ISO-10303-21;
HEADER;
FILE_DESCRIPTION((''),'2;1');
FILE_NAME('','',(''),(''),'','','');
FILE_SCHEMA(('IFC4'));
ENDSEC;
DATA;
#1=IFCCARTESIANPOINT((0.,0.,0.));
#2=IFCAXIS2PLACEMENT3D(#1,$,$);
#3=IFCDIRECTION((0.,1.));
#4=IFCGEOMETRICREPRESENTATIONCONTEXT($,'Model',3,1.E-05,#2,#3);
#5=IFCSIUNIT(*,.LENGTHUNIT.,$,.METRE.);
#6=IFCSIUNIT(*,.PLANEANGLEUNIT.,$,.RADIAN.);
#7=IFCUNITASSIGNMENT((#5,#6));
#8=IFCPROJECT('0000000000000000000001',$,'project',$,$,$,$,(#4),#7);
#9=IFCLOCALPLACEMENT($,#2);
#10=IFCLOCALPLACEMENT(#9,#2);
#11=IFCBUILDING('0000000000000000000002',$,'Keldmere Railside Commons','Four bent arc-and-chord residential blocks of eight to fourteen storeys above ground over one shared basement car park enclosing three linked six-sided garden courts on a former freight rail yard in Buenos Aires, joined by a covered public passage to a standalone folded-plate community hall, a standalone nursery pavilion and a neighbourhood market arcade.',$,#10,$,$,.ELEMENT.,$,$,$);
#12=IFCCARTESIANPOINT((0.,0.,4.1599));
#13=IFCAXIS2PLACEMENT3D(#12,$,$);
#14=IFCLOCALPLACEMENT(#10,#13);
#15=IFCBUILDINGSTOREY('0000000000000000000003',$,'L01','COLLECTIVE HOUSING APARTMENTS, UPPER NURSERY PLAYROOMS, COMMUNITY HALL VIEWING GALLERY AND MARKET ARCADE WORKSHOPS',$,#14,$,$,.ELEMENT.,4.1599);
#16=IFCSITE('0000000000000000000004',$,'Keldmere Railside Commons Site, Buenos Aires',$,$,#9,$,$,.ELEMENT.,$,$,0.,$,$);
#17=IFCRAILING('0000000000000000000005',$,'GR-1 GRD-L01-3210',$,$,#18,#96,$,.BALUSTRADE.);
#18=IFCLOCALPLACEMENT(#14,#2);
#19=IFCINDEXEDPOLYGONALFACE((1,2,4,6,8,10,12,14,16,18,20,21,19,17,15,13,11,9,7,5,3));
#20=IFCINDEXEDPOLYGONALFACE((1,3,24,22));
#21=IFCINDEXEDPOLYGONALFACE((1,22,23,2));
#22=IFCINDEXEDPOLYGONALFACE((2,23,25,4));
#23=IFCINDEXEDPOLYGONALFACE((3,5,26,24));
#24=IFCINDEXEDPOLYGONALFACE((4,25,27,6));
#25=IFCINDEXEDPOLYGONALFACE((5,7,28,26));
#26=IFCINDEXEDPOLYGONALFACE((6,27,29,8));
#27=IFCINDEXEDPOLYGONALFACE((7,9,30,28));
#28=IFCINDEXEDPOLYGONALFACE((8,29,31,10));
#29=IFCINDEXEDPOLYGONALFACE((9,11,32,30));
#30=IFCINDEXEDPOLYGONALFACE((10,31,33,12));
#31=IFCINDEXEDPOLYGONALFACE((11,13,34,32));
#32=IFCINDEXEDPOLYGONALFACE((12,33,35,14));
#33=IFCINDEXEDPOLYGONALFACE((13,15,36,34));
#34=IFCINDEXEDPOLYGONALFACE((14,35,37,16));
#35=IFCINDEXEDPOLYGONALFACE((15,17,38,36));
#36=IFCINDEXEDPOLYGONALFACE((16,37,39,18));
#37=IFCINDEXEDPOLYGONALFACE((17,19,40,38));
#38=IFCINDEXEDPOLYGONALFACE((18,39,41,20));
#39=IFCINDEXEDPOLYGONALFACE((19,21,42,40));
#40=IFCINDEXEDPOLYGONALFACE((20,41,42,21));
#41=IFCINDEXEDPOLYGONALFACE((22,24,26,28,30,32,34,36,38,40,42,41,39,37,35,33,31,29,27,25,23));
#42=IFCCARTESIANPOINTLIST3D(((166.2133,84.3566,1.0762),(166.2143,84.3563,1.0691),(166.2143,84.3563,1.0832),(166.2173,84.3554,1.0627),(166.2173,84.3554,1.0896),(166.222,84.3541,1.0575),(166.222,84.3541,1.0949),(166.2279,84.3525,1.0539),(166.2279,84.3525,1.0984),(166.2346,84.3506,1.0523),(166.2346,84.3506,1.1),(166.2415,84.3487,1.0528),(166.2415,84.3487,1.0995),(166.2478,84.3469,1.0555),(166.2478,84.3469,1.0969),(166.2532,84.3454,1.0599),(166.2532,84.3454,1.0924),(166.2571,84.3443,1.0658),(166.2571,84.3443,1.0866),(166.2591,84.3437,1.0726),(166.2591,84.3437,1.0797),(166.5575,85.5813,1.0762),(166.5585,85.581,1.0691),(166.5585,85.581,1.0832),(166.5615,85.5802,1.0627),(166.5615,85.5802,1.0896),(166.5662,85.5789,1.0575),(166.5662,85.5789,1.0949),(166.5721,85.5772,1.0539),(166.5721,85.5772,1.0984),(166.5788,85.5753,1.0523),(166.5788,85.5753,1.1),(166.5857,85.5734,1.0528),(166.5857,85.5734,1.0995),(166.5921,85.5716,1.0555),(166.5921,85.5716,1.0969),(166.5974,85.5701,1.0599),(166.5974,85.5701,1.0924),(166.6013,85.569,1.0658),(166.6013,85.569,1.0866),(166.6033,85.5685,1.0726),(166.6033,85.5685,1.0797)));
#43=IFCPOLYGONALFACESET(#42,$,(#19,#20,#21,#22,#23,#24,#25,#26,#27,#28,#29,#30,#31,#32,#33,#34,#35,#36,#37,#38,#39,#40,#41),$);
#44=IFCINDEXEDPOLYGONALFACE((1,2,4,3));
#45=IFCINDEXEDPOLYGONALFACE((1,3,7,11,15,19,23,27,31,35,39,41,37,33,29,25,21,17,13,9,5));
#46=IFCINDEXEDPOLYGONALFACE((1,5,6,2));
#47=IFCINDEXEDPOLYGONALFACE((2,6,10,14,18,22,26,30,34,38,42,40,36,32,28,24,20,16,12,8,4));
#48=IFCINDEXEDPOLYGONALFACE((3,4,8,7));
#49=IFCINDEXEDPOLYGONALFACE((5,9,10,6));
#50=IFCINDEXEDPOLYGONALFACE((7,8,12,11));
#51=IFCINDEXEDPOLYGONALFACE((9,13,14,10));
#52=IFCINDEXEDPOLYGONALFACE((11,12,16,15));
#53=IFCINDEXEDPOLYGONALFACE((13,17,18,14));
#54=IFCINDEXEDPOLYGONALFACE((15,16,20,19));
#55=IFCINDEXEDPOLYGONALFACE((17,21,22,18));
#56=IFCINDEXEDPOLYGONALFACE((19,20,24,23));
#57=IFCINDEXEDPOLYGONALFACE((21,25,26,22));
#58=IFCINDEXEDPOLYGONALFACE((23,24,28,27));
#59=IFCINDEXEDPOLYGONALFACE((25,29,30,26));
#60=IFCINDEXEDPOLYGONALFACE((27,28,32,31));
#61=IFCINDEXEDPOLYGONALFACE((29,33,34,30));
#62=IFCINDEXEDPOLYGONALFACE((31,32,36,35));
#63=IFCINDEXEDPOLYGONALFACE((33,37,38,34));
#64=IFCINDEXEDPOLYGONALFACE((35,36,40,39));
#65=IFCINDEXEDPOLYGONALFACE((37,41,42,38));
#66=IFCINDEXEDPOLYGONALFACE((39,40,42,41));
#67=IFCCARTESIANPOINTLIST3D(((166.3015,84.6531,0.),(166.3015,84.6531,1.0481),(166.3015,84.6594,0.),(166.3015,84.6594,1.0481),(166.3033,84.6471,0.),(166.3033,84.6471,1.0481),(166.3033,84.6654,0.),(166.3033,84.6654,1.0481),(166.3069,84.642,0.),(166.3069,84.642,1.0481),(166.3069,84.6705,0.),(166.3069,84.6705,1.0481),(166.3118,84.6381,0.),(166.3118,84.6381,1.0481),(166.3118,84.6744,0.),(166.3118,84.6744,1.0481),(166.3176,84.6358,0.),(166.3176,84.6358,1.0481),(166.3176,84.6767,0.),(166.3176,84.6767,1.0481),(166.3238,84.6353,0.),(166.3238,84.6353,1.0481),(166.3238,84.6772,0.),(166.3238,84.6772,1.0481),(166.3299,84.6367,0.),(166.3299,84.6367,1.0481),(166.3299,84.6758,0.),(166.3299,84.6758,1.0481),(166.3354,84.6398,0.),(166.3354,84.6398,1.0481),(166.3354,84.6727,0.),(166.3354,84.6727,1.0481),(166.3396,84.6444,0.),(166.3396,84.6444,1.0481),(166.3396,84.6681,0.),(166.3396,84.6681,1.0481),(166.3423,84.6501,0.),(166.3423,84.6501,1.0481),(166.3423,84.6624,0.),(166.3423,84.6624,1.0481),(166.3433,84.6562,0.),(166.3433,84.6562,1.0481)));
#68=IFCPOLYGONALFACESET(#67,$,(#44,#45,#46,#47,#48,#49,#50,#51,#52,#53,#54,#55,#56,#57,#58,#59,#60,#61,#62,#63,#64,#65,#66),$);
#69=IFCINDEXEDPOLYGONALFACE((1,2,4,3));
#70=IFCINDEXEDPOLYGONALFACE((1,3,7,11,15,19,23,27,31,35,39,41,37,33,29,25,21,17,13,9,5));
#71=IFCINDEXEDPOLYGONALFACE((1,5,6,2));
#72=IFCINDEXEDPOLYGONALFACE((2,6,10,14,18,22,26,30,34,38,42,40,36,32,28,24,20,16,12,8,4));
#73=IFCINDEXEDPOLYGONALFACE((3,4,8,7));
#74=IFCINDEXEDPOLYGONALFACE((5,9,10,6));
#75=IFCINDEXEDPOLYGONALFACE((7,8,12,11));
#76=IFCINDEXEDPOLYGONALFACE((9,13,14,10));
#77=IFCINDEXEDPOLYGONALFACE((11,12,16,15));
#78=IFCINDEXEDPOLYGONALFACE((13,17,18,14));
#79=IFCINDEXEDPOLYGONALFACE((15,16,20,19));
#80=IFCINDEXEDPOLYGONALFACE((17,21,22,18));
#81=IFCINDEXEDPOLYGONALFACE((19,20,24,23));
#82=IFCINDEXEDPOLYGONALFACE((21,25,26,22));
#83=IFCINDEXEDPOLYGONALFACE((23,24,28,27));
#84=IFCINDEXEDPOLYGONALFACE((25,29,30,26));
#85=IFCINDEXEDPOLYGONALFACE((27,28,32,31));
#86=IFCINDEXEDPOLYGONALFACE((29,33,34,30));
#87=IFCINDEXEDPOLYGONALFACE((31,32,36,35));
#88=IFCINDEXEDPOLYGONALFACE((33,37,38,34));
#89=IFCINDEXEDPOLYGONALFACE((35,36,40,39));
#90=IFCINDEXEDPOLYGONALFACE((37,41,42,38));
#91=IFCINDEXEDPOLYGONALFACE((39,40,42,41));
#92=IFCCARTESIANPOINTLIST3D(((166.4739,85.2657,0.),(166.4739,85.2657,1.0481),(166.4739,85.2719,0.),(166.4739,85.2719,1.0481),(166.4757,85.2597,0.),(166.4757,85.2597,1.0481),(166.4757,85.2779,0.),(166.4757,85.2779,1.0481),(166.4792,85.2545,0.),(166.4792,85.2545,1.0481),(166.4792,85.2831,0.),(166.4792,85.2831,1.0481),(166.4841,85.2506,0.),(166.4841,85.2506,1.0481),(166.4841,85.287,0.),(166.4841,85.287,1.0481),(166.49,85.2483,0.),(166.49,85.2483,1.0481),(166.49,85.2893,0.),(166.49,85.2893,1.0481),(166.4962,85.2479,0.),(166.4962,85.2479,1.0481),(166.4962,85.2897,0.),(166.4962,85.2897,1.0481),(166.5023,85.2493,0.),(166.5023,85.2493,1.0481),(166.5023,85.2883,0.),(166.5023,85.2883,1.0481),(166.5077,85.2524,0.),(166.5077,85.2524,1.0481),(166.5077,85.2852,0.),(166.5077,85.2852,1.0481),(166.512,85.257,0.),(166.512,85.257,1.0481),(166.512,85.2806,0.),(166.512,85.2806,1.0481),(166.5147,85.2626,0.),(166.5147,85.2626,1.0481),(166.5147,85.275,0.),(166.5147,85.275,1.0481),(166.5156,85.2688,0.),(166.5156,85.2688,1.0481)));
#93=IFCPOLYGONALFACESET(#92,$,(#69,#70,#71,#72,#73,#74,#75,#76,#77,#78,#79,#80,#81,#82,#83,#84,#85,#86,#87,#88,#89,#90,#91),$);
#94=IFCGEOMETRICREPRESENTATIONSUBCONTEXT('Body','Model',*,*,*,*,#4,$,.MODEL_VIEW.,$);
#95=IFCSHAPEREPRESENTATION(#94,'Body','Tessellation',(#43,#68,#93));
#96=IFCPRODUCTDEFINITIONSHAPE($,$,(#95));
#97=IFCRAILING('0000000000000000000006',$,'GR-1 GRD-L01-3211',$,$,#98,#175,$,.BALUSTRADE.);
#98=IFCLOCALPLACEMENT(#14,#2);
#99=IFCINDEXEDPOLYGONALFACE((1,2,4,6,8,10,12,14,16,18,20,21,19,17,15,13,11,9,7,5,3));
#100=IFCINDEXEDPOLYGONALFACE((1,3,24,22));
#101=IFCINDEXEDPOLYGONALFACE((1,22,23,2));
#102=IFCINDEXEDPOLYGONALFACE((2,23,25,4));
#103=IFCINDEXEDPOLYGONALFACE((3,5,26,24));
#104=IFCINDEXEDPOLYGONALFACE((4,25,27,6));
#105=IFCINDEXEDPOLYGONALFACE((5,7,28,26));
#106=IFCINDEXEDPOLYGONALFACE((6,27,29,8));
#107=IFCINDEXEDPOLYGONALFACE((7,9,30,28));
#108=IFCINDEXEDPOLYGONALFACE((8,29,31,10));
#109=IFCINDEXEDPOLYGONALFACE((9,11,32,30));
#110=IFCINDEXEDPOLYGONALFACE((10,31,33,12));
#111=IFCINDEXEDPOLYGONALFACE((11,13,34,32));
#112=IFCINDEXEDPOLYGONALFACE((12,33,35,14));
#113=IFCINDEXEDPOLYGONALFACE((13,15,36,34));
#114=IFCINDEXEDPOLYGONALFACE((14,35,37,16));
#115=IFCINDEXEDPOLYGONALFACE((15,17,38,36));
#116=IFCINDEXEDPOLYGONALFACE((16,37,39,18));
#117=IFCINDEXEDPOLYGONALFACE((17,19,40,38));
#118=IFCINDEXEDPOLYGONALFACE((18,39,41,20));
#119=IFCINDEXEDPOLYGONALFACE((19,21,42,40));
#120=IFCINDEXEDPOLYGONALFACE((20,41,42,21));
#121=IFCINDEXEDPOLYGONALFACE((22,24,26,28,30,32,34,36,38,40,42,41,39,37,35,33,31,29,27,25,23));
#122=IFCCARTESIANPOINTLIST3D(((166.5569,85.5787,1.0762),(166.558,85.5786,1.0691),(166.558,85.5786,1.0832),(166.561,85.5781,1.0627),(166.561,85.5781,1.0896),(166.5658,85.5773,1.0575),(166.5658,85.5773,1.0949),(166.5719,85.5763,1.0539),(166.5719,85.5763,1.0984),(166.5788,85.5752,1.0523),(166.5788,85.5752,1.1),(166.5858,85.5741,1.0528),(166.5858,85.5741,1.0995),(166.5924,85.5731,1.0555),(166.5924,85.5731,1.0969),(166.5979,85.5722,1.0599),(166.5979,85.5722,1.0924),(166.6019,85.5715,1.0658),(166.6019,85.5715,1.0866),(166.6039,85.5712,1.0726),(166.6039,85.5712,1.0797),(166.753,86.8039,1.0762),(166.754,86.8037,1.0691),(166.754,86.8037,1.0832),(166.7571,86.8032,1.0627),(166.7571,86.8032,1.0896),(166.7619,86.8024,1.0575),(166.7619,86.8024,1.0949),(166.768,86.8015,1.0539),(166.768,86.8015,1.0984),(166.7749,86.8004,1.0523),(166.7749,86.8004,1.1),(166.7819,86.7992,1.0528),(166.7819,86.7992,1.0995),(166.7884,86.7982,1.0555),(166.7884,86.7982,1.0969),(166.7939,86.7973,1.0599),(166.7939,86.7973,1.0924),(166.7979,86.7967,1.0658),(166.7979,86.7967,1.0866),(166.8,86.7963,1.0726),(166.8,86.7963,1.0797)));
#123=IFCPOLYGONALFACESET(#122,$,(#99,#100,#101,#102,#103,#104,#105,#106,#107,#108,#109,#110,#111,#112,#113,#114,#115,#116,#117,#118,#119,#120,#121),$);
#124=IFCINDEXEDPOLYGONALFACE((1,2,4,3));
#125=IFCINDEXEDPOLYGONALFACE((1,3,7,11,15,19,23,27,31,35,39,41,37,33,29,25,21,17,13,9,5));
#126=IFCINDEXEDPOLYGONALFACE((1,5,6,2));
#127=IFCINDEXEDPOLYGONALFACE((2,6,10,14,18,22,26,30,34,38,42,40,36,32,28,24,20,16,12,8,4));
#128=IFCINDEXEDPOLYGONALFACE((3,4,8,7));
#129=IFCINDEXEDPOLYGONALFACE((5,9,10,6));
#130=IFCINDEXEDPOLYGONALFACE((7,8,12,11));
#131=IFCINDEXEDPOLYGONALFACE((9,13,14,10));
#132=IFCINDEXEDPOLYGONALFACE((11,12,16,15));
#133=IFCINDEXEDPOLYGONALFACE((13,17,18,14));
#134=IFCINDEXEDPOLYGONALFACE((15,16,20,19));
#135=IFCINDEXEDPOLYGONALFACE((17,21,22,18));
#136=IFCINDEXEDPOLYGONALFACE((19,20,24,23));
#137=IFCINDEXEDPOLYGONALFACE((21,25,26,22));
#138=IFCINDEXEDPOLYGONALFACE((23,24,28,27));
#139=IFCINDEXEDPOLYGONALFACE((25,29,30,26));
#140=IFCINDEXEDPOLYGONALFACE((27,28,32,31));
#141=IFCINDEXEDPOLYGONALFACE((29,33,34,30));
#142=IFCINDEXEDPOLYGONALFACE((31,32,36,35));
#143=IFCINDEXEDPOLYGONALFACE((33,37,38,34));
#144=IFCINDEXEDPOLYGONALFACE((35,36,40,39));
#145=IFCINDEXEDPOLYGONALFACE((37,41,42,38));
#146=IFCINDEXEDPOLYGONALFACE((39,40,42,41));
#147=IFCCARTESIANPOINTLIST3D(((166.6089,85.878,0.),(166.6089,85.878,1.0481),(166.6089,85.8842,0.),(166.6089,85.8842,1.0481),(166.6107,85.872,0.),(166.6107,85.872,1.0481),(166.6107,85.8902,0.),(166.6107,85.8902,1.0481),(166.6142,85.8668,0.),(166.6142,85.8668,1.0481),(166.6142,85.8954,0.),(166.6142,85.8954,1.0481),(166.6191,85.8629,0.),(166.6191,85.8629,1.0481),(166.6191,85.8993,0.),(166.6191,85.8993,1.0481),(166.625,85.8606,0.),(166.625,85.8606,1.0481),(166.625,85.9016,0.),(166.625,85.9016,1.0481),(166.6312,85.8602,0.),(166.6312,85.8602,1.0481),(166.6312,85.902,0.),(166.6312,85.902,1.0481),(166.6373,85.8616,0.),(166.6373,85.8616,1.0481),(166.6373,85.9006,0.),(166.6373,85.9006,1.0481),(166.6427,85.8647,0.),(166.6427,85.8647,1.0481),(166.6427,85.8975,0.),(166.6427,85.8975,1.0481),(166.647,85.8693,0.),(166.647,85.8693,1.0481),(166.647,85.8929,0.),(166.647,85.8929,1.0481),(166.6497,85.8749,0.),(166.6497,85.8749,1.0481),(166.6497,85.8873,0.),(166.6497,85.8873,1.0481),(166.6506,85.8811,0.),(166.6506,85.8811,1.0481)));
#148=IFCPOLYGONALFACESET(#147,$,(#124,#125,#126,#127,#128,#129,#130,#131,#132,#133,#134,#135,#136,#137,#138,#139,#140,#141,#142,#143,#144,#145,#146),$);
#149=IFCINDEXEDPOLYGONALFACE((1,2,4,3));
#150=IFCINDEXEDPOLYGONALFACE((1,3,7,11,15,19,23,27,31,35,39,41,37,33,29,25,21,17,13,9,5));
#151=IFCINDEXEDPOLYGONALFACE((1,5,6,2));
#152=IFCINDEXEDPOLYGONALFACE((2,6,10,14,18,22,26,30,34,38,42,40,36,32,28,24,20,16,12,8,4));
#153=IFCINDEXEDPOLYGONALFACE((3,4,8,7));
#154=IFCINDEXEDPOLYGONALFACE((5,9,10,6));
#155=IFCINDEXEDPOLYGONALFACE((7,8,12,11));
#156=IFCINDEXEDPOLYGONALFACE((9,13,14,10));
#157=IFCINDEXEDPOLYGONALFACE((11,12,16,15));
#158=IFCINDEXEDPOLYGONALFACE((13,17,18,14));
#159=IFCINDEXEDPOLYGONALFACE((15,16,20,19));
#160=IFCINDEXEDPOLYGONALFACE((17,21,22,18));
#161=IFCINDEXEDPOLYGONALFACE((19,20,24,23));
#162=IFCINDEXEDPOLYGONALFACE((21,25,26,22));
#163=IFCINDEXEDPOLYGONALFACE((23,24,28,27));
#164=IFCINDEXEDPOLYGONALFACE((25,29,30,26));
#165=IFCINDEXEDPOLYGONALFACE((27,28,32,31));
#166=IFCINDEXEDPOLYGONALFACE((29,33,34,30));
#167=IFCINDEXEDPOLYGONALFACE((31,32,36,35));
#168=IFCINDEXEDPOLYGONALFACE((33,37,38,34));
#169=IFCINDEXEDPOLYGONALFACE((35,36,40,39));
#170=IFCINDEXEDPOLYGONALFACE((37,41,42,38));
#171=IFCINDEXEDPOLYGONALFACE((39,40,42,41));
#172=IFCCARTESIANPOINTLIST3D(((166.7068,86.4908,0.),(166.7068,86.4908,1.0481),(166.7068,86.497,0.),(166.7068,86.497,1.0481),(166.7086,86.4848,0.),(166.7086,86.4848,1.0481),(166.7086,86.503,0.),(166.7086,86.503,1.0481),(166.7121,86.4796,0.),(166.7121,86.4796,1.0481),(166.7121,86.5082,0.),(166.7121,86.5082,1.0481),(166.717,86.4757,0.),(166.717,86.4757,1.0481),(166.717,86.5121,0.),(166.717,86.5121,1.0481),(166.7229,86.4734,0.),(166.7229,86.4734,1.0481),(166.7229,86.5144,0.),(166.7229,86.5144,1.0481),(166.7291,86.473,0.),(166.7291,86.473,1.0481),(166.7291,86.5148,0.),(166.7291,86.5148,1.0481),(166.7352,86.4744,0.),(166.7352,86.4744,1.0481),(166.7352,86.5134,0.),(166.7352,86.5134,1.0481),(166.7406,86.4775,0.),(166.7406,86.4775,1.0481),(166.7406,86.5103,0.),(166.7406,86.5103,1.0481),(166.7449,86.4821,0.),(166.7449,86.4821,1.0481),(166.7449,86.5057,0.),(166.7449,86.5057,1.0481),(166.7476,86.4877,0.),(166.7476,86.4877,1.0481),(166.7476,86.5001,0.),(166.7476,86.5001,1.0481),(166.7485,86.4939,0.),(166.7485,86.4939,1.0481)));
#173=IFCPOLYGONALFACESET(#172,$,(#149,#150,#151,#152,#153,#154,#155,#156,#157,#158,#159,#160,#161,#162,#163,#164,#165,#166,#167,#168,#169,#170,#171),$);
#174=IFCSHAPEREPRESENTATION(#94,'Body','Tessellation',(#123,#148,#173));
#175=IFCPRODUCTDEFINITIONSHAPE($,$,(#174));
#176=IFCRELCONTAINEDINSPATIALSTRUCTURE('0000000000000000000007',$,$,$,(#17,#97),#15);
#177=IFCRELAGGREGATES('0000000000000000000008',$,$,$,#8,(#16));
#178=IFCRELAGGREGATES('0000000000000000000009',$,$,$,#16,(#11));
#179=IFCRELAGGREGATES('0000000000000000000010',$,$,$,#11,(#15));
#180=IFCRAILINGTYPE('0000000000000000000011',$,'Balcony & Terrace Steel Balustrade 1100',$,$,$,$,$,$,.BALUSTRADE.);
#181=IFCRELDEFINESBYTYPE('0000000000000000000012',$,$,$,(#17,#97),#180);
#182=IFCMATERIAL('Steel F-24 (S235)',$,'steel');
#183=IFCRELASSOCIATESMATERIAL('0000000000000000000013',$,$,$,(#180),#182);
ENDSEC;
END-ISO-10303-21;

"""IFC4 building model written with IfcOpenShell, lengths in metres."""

from ifc_helpers import new_model, si_unit, direction, frame, origin, origin_2d, place, context, subcontext, project, spatial, circle, extrude, material, type_object, element, save


model = new_model("IFC4")

# Units and contexts
model_context = context("Model", 3, precision=1e-05, world=origin(), true_north=direction((0.0, 1.0)))
body_context = subcontext(model_context, "Body", "Model", "MODEL_VIEW")
ifc_project = project(units=[si_unit("LENGTHUNIT", "METRE"), si_unit("PLANEANGLEUNIT", "RADIAN")], contexts=[model_context])

# Site, building, storey
site_placement = place(None, origin())
site = spatial("IfcSite", under=ifc_project, at=site_placement, Name="Keldmere Railside Commons Site, Buenos Aires", CompositionType="ELEMENT", RefElevation=0.0)
building_placement = place(site_placement, origin())
building = spatial("IfcBuilding", under=site, at=building_placement, Name="Keldmere Railside Commons", Description="Four bent arc-and-chord residential blocks of eight to fourteen storeys above ground over one shared basement car park enclosing three linked six-sided garden courts on a former freight rail yard in Buenos Aires, joined by a covered public passage to a standalone folded-plate community hall, a standalone nursery pavilion and a neighbourhood market arcade.", CompositionType="ELEMENT")
storey_placement = place(building_placement, frame((0.0, 0.0, 4.1599)))
storey = spatial("IfcBuildingStorey", under=building, at=storey_placement, Name="L01", Description="COLLECTIVE HOUSING APARTMENTS, UPPER NURSERY PLAYROOMS, COMMUNITY HALL VIEWING GALLERY AND MARKET ARCADE WORKSHOPS", CompositionType="ELEMENT", Elevation=4.1599)

# Railings
ifc_material_1 = material(Name="Steel F-24 (S235)", Category="steel")
railing_type = type_object("IfcRailingType", Name="Balcony & Terrace Steel Balustrade 1100", PredefinedType="BALUSTRADE", material=ifc_material_1)
railing_1_placement = place(storey_placement, frame((166.2363, 84.3501, 0.0)))
element("IfcRailing", 1, at=railing_1_placement, inside=storey, type_object=railing_type, Name="GR-1 GRD-L01-3210", PredefinedType="BALUSTRADE", context=body_context, shape_type="SweptSolid", body=[
    extrude(circle(Radius=0.0239, at=origin_2d()), frame((0.0, 0.0, 1.0762), z_axis=(0.270562, 0.962702, 0.0), x_axis=(-0.962702, 0.270562, 0.0)), (0.0, 0.0, 1.0), 1.2722),
    extrude(circle(Radius=0.021, at=origin_2d()), frame((0.0859, 0.3062, 0.0)), (0.0, 0.0, 1.0), 1.0481),
    extrude(circle(Radius=0.021, at=origin_2d()), frame((0.2583, 0.9187, 0.0)), (0.0, 0.0, 1.0), 1.0481),
])
railing_2_placement = place(storey_placement, frame((166.5806, 85.575, 0.0)))
element("IfcRailing", 2, at=railing_2_placement, inside=storey, type_object=railing_type, Name="GR-1 GRD-L01-3211", PredefinedType="BALUSTRADE", context=body_context, shape_type="SweptSolid", body=[
    extrude(circle(Radius=0.0239, at=origin_2d()), frame((0.0, 0.0, 1.0762), z_axis=(0.158014, 0.987437, 0.0), x_axis=(-0.987437, 0.158014, 0.0)), (0.0, 0.0, 1.0), 1.2407),
    extrude(circle(Radius=0.021, at=origin_2d()), frame((0.0491, 0.3062, 0.0)), (0.0, 0.0, 1.0), 1.0481),
    extrude(circle(Radius=0.021, at=origin_2d()), frame((0.147, 0.9189, 0.0)), (0.0, 0.0, 1.0), 1.0481),
])

save(model, "model.ifc")
